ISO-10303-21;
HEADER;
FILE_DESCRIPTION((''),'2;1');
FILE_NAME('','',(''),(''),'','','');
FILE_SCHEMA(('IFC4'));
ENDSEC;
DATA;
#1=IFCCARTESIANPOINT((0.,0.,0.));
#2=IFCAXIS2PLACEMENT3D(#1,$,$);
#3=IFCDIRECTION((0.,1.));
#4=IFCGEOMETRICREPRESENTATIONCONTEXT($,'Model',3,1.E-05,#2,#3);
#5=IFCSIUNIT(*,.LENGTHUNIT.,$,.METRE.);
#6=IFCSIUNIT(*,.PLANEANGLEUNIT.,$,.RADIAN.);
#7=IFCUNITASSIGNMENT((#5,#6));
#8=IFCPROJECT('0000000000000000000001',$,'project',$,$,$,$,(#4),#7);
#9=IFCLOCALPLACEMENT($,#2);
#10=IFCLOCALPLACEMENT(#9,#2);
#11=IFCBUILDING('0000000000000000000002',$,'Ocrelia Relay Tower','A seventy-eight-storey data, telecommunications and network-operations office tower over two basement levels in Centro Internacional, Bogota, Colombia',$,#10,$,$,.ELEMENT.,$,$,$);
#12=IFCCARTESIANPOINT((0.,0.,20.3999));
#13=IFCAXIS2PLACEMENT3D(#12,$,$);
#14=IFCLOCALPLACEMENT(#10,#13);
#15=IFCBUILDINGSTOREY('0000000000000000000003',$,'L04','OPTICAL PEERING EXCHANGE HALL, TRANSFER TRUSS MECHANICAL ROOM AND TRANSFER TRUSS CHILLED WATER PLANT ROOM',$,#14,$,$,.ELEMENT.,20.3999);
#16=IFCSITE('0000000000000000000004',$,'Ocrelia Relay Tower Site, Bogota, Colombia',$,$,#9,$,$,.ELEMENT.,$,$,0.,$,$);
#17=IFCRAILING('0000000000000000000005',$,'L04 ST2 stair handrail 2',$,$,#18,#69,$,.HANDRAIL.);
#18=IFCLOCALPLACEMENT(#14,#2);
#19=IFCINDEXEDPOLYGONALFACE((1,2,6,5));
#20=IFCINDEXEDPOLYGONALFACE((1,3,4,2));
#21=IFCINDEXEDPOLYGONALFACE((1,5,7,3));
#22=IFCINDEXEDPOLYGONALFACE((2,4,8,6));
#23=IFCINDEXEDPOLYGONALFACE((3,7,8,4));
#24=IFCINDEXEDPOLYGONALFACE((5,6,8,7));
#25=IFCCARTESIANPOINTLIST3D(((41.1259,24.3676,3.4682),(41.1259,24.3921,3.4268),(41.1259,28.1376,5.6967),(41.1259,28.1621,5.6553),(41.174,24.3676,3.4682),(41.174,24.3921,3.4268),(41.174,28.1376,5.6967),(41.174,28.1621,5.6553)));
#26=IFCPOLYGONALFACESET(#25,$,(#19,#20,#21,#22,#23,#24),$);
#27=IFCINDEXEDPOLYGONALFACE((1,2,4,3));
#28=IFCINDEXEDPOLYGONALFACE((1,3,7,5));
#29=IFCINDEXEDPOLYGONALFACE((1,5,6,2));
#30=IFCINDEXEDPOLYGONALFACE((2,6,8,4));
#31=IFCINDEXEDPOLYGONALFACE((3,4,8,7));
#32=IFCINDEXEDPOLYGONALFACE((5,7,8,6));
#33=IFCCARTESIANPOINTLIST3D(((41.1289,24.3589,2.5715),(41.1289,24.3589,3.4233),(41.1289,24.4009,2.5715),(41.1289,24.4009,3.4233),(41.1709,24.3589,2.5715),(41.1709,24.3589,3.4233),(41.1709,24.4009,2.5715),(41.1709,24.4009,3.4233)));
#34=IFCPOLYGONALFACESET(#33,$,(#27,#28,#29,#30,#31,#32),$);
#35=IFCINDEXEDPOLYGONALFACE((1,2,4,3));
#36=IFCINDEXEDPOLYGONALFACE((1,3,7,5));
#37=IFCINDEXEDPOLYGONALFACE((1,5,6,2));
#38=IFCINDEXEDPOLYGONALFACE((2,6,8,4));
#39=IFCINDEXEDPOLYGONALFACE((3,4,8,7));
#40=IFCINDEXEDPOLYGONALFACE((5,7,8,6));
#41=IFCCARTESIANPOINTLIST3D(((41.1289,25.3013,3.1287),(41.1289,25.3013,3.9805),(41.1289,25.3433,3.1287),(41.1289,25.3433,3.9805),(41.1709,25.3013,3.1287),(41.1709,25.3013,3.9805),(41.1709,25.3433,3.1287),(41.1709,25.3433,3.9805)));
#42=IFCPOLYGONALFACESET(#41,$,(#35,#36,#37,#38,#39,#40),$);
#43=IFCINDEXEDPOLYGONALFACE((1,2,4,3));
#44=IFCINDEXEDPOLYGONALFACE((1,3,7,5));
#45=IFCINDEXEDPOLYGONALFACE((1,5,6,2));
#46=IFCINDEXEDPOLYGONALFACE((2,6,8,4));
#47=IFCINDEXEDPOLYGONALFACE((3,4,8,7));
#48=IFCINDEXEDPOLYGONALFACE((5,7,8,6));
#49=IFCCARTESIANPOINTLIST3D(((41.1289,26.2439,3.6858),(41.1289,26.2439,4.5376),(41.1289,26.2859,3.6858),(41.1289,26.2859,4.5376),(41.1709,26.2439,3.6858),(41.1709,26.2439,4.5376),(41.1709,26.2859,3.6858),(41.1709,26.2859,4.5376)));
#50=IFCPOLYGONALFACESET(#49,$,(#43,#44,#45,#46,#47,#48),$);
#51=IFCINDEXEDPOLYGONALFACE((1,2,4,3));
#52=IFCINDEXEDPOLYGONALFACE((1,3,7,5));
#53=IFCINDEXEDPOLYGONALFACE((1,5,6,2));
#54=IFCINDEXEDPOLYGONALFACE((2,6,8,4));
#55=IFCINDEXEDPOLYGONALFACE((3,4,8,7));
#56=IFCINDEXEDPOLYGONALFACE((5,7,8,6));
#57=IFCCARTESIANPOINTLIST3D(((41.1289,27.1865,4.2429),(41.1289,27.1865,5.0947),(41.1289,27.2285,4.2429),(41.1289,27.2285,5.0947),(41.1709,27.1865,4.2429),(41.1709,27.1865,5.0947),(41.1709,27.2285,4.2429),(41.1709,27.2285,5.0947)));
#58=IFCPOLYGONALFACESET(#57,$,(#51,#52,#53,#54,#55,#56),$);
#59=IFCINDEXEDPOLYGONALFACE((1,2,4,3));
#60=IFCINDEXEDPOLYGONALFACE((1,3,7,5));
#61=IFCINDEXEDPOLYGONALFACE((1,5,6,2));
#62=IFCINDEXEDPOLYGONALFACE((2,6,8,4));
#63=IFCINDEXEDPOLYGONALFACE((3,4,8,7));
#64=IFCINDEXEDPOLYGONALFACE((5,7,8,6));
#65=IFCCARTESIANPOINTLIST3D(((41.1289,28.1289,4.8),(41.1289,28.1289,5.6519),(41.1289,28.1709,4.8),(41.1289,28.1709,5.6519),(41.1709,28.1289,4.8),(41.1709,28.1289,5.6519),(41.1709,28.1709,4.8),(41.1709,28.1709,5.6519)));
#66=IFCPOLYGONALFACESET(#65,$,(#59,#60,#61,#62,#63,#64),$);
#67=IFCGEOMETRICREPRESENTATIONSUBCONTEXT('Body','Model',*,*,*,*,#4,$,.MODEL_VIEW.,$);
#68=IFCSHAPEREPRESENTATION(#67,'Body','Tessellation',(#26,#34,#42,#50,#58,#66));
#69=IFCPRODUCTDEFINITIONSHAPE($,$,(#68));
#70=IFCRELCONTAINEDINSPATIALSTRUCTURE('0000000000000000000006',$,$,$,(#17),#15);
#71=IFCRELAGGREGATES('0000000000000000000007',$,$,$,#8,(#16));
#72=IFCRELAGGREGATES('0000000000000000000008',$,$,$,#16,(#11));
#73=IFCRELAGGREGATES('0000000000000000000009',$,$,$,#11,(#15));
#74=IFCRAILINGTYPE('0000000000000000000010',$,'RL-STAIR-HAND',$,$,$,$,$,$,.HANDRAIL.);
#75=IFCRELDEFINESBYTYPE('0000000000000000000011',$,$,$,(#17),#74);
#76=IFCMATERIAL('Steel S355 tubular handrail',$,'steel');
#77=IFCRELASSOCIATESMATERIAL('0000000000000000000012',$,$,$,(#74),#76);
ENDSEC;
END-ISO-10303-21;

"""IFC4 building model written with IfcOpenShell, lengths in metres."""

from ifc_helpers import new_model, si_unit, direction, frame, origin, origin_2d, place, context, subcontext, project, spatial, rectangle, extrude, material, type_object, element, save


model = new_model("IFC4")

# Units and contexts
model_context = context("Model", 3, precision=1e-05, world=origin(), true_north=direction((0.0, 1.0)))
body_context = subcontext(model_context, "Body", "Model", "MODEL_VIEW")
ifc_project = project(units=[si_unit("LENGTHUNIT", "METRE"), si_unit("PLANEANGLEUNIT", "RADIAN")], contexts=[model_context])

# Site, building, storey
site_placement = place(None, origin())
site = spatial("IfcSite", under=ifc_project, at=site_placement, Name="Ocrelia Relay Tower Site, Bogota, Colombia", CompositionType="ELEMENT", RefElevation=0.0)
building_placement = place(site_placement, origin())
building = spatial("IfcBuilding", under=site, at=building_placement, Name="Ocrelia Relay Tower", Description="A seventy-eight-storey data, telecommunications and network-operations office tower over two basement levels in Centro Internacional, Bogota, Colombia", CompositionType="ELEMENT")
storey_placement = place(building_placement, frame((0.0, 0.0, 20.3999)))
storey = spatial("IfcBuildingStorey", under=building, at=storey_placement, Name="L04", Description="OPTICAL PEERING EXCHANGE HALL, TRANSFER TRUSS MECHANICAL ROOM AND TRANSFER TRUSS CHILLED WATER PLANT ROOM", CompositionType="ELEMENT", Elevation=20.3999)

# Railing
ifc_material_1 = material(Name="Steel S355 tubular handrail", Category="steel")
railing_type_1 = type_object("IfcRailingType", Name="RL-STAIR-HAND", PredefinedType="HANDRAIL", material=ifc_material_1)
railing_1_placement = place(storey_placement, frame((41.1499, 24.3799, 2.5715)))
element("IfcRailing", 1, at=railing_1_placement, inside=storey, type_object=railing_type_1, Name="L04 ST2 stair handrail 2", PredefinedType="HANDRAIL", context=body_context, shape_type="SweptSolid", body=[
    extrude(rectangle(XDim=0.0481, YDim=0.0481, at=origin_2d()), frame((0.0, 0.0, 0.876), z_axis=(0.0, 0.860849, 0.508861), x_axis=(-1.0, 0.0, 0.0)), (0.0, 0.0, 1.0), 4.3794),
    extrude(rectangle(XDim=0.042, YDim=0.042, at=origin_2d()), origin(), (0.0, 0.0, 1.0), 0.8518),
    extrude(rectangle(XDim=0.042, YDim=0.042, at=origin_2d()), frame((0.0, 0.9424, 0.5571)), (0.0, 0.0, 1.0), 0.8518),
    extrude(rectangle(XDim=0.042, YDim=0.042, at=origin_2d()), frame((0.0, 1.885, 1.1143)), (0.0, 0.0, 1.0), 0.8518),
    extrude(rectangle(XDim=0.042, YDim=0.042, at=origin_2d()), frame((0.0, 2.8276, 1.6714)), (0.0, 0.0, 1.0), 0.8518),
    extrude(rectangle(XDim=0.042, YDim=0.042, at=origin_2d()), frame((0.0, 3.77, 2.2285)), (0.0, 0.0, 1.0), 0.8518),
])

save(model, "model.ifc")
